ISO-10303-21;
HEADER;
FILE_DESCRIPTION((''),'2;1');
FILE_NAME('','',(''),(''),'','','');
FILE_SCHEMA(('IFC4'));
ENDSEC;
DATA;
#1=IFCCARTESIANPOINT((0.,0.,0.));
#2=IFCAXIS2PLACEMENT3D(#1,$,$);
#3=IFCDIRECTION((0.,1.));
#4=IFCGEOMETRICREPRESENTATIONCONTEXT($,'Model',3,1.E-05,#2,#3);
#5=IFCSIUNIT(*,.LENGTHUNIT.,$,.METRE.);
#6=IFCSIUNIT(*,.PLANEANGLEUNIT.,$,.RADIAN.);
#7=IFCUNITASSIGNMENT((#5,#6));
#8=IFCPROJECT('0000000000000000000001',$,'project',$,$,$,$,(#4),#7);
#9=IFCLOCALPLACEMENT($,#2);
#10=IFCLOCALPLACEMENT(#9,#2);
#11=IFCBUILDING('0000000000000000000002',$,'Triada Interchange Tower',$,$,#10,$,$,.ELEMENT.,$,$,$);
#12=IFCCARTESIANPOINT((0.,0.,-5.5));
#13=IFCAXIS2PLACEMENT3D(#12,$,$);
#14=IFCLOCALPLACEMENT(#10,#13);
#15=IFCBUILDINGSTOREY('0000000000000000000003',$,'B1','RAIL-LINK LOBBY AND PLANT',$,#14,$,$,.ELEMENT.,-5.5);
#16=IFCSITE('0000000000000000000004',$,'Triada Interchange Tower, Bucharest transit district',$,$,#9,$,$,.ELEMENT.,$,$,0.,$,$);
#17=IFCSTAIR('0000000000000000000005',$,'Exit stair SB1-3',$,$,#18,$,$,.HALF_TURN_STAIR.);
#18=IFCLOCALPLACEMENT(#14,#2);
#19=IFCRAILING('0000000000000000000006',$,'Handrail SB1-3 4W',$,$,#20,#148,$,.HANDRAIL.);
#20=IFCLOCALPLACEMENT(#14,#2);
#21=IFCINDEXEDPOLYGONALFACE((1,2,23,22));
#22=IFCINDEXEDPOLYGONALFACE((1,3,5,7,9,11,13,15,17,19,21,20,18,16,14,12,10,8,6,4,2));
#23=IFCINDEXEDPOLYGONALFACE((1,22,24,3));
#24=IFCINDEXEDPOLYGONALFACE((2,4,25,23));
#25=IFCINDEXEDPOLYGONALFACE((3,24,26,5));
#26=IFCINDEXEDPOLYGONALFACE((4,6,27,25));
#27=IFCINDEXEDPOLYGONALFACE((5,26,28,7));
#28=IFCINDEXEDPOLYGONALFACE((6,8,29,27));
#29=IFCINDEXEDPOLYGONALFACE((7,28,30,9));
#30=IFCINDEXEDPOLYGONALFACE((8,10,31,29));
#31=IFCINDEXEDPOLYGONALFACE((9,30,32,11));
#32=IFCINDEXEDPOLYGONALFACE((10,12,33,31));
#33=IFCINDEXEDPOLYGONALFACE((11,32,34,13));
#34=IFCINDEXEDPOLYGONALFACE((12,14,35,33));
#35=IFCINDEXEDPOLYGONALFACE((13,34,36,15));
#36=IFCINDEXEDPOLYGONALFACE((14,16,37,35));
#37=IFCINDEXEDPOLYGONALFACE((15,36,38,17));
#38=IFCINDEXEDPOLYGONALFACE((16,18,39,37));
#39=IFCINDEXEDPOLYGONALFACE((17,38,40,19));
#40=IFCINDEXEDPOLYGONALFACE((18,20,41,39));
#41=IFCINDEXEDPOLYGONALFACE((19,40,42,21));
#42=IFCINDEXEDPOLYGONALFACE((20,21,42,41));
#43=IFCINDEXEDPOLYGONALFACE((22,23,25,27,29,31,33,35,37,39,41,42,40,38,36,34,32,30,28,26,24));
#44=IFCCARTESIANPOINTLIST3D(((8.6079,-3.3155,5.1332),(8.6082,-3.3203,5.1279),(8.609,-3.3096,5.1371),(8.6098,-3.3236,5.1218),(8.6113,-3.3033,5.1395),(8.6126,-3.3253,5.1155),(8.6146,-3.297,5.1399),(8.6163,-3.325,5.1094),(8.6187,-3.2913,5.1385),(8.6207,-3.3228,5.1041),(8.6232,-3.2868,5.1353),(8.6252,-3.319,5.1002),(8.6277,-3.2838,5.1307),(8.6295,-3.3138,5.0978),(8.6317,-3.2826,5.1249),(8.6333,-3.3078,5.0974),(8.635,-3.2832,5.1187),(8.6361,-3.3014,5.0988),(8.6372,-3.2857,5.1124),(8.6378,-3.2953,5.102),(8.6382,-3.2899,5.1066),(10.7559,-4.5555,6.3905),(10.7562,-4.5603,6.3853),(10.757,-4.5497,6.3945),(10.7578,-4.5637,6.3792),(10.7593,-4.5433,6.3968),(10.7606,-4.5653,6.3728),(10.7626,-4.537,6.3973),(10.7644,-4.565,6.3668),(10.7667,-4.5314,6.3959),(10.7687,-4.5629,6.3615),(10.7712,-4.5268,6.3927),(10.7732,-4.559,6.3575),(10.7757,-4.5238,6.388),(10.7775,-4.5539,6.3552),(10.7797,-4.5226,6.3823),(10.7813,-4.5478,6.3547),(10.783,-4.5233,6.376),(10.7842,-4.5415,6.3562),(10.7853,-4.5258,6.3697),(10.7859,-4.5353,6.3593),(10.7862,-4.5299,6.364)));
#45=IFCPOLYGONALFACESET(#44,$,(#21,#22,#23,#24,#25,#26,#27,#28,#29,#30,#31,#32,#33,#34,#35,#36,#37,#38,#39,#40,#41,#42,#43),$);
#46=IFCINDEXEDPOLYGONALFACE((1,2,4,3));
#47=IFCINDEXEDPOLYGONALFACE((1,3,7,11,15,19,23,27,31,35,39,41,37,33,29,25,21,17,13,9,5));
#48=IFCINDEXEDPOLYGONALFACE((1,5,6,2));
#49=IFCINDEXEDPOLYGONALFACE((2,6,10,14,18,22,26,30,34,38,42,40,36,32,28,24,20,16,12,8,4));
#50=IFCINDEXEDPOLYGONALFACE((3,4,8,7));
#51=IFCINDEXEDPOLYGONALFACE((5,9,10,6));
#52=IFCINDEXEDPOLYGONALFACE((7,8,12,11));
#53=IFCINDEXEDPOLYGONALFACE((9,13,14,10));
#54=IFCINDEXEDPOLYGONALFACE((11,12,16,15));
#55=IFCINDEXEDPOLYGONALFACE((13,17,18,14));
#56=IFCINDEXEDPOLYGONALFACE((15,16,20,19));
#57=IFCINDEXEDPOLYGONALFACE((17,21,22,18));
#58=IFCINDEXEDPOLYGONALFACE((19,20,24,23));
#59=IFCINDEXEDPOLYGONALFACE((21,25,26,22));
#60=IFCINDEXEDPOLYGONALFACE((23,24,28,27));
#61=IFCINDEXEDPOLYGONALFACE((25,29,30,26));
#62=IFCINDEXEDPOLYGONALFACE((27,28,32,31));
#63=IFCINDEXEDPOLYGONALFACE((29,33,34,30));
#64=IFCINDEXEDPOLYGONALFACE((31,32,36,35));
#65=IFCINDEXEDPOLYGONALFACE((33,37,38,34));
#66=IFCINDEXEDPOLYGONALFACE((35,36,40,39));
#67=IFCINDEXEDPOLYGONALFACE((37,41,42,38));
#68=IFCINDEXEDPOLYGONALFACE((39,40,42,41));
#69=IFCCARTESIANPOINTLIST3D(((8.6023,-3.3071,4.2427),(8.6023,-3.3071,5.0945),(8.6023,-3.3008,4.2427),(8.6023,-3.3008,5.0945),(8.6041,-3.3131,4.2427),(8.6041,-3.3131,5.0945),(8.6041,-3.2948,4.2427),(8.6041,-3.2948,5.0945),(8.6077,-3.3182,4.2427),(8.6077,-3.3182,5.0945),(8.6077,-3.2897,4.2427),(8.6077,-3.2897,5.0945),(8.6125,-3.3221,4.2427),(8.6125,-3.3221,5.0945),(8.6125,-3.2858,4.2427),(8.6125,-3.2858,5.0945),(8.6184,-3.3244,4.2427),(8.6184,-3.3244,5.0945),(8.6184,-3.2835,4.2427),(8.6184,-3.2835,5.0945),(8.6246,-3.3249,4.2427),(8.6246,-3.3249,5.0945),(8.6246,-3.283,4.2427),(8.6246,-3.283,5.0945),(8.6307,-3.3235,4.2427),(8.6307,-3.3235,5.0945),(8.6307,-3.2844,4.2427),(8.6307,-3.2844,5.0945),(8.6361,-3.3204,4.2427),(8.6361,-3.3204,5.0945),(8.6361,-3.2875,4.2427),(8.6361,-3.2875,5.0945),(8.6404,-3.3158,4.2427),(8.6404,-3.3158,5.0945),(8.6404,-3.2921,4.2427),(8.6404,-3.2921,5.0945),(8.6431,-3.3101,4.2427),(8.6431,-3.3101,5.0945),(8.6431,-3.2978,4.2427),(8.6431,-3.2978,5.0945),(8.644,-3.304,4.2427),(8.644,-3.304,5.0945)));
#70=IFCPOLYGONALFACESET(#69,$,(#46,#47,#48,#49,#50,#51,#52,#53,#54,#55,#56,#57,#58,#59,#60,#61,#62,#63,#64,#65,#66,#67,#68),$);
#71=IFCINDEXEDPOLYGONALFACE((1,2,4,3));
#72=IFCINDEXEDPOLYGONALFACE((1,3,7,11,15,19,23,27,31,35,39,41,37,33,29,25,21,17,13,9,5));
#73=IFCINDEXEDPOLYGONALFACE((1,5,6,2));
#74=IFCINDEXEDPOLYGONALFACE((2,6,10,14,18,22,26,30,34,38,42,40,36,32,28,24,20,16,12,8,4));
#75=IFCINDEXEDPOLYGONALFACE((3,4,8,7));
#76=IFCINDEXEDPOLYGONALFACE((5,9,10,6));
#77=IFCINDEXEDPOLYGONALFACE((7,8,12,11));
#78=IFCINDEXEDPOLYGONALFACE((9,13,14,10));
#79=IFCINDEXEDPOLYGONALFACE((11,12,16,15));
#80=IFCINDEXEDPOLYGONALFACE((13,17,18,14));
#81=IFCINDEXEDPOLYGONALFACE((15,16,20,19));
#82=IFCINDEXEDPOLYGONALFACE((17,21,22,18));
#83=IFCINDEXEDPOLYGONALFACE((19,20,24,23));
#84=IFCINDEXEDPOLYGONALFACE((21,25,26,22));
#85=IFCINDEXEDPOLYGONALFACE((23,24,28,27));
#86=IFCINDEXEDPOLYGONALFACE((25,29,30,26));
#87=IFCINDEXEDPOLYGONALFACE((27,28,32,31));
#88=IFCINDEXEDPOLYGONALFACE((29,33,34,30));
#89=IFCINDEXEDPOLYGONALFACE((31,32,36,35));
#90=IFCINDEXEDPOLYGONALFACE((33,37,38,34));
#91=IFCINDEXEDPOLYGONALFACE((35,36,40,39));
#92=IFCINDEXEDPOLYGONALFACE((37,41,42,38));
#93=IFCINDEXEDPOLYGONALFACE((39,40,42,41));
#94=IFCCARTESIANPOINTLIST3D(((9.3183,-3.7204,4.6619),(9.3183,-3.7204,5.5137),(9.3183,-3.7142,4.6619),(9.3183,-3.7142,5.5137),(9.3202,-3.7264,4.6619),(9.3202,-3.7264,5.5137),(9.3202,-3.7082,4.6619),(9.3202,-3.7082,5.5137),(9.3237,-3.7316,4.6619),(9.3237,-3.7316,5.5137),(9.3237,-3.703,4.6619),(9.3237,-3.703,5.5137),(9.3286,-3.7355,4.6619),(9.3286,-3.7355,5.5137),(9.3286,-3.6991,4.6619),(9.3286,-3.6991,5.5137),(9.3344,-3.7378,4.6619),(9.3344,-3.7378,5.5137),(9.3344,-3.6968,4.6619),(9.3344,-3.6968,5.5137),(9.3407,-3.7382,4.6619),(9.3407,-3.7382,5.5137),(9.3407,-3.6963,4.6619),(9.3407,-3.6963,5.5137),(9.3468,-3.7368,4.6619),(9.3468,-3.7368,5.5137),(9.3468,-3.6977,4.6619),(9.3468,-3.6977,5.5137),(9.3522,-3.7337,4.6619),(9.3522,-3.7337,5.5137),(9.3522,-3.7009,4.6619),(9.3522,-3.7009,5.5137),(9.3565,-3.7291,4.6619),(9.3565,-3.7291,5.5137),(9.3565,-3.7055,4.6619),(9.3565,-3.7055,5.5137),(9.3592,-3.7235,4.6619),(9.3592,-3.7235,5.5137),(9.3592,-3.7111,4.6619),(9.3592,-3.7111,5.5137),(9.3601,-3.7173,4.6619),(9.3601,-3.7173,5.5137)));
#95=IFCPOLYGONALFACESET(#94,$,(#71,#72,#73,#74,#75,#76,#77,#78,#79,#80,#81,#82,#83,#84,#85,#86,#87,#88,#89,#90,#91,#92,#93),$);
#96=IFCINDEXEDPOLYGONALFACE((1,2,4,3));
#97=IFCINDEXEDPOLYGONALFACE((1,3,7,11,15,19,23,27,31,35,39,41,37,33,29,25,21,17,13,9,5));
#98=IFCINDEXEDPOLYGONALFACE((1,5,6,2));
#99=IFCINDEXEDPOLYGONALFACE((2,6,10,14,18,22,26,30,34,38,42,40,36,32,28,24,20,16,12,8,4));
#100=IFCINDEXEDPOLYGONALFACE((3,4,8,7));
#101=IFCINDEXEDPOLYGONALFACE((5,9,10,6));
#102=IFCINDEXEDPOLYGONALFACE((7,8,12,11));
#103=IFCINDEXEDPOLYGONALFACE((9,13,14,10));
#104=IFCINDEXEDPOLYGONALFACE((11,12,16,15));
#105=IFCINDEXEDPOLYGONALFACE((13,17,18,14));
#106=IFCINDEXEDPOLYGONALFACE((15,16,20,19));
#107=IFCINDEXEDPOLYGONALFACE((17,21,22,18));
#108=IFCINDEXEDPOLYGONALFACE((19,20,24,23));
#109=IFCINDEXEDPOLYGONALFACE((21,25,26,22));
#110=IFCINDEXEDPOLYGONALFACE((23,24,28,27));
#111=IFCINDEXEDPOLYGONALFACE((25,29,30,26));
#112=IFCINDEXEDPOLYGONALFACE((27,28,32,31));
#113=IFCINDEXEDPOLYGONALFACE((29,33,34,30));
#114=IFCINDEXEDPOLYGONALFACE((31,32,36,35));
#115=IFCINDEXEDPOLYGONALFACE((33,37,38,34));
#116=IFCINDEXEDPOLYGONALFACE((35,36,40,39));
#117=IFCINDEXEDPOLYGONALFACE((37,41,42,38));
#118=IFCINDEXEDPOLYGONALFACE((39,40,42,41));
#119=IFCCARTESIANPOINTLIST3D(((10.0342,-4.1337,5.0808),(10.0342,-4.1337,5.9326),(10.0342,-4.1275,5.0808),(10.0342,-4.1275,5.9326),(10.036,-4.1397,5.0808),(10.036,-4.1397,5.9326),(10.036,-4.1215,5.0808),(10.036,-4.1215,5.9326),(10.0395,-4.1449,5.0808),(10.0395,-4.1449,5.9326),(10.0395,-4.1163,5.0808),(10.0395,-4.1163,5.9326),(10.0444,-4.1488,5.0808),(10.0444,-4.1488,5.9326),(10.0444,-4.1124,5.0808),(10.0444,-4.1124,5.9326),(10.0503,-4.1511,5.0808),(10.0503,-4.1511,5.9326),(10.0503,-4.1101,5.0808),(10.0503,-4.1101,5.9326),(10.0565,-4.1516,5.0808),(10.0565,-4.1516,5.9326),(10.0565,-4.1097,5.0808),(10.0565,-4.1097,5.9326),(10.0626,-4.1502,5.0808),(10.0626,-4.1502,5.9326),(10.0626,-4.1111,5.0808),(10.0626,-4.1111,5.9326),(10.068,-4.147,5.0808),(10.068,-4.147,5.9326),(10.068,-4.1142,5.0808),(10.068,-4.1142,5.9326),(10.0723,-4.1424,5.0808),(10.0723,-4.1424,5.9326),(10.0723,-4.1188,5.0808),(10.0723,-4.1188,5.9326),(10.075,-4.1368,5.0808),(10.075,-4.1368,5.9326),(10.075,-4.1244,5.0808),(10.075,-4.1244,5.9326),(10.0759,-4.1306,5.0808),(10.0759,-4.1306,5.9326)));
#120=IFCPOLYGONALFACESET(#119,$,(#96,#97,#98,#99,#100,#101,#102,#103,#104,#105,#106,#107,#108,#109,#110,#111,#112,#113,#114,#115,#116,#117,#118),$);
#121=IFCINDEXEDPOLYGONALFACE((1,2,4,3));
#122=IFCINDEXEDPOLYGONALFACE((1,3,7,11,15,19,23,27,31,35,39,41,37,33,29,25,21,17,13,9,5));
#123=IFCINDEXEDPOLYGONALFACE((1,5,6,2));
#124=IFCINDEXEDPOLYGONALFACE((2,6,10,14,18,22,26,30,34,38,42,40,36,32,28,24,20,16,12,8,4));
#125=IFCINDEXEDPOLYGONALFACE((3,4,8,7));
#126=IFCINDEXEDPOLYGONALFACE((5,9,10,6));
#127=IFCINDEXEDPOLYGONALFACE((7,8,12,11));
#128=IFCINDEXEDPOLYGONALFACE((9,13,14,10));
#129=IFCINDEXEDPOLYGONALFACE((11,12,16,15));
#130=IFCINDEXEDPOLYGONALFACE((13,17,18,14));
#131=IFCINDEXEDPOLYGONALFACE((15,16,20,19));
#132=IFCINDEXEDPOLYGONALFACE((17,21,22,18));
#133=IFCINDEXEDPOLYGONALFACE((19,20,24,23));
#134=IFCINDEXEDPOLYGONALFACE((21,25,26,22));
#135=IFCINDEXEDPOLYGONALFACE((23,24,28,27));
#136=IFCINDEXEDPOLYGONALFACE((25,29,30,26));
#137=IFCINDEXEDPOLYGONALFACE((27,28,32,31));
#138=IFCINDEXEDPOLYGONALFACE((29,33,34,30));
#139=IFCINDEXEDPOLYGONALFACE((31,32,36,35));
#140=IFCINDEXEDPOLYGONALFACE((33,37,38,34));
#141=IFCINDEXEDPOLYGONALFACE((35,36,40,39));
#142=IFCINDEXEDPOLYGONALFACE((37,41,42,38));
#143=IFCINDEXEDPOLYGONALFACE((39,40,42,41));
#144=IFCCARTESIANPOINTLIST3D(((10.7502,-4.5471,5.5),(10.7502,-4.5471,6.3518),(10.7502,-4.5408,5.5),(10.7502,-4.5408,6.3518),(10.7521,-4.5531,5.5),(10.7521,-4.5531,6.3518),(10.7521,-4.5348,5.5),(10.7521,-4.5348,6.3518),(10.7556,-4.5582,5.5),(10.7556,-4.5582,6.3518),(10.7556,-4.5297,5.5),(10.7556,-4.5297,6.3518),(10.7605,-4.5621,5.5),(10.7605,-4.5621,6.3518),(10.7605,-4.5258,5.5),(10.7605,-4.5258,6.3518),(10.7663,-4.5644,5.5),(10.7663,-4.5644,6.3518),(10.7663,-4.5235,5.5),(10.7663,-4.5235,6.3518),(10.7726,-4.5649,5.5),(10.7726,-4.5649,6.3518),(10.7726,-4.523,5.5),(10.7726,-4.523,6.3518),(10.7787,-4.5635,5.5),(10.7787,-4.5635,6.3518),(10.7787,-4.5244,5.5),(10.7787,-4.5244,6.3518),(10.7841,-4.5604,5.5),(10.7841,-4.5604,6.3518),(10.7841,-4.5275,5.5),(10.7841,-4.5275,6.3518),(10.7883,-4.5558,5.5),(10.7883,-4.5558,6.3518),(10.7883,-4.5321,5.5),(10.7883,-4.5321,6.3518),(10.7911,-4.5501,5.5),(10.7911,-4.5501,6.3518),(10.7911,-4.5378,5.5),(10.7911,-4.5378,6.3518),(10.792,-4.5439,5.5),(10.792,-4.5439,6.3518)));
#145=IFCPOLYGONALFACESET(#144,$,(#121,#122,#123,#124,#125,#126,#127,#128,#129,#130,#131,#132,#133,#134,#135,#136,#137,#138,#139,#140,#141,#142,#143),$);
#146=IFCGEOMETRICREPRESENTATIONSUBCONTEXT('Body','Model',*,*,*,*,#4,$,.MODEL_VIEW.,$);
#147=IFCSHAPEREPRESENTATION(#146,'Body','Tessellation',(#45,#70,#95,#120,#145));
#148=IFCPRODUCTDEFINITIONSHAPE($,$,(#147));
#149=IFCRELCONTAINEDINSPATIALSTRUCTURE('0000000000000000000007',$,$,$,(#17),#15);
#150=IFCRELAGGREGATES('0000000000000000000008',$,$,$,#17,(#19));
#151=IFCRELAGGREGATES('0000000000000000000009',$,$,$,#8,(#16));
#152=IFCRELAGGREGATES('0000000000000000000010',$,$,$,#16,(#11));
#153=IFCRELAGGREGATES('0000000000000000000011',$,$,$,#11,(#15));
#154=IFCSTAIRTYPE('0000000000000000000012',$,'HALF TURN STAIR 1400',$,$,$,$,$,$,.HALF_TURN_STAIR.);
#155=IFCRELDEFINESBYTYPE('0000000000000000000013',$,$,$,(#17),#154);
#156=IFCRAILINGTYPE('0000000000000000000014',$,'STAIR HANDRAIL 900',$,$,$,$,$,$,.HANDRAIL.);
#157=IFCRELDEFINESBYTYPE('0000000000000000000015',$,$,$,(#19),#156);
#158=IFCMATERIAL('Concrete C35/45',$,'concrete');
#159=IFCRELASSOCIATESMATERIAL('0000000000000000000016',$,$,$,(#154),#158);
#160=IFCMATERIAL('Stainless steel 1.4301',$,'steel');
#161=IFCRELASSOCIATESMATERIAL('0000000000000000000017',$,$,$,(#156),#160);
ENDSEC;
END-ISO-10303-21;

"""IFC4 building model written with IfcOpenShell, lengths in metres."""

from ifc_helpers import new_model, si_unit, direction, frame, origin, origin_2d, place, context, subcontext, project, spatial, circle, extrude, material, type_object, element, aggregate, save


model = new_model("IFC4")

# Units and contexts
model_context = context("Model", 3, precision=1e-05, world=origin(), true_north=direction((0.0, 1.0)))
body_context = subcontext(model_context, "Body", "Model", "MODEL_VIEW")
ifc_project = project(units=[si_unit("LENGTHUNIT", "METRE"), si_unit("PLANEANGLEUNIT", "RADIAN")], contexts=[model_context])

# Site, building, storey
site_placement = place(None, origin())
site = spatial("IfcSite", under=ifc_project, at=site_placement, Name="Triada Interchange Tower, Bucharest transit district", CompositionType="ELEMENT", RefElevation=0.0)
building_placement = place(site_placement, origin())
building = spatial("IfcBuilding", under=site, at=building_placement, Name="Triada Interchange Tower", CompositionType="ELEMENT")
storey_placement = place(building_placement, frame((0.0, 0.0, -5.5)))
storey = spatial("IfcBuildingStorey", under=building, at=storey_placement, Name="B1", Description="RAIL-LINK LOBBY AND PLANT", CompositionType="ELEMENT", Elevation=-5.5)

# Stair, railing
ifc_material_1 = material(Name="Concrete C35/45", Category="concrete")
stair_type = type_object("IfcStairType", Name="HALF TURN STAIR 1400", PredefinedType="HALF_TURN_STAIR", material=ifc_material_1)
stair_placement = place(storey_placement, origin())
stair = element("IfcStair", 1, at=stair_placement, inside=storey, type_object=stair_type, Name="Exit stair SB1-3", PredefinedType="HALF_TURN_STAIR")
ifc_material_2 = material(Name="Stainless steel 1.4301", Category="steel")
railing_type = type_object("IfcRailingType", Name="STAIR HANDRAIL 900", PredefinedType="HANDRAIL", material=ifc_material_2)
railing_1_placement = place(storey_placement, frame((8.623, -3.304, 4.2427)))
railing_1 = element("IfcRailing", 2, at=railing_1_placement, type_object=railing_type, Name="Handrail SB1-3 4W", PredefinedType="HANDRAIL", context=body_context, shape_type="SweptSolid", body=[
    extrude(circle(Radius=0.0239, at=origin_2d()), frame((0.0, 0.0, 0.876), z_axis=(0.772457, -0.445932, 0.452166), x_axis=(0.499961, 0.866048, 0.0)), (0.0, 0.0, 1.0), 2.7808),
    extrude(circle(Radius=0.021, at=origin_2d()), origin(), (0.0, 0.0, 1.0), 0.8518),
    extrude(circle(Radius=0.021, at=origin_2d()), frame((0.7161, -0.4133, 0.4192)), (0.0, 0.0, 1.0), 0.8518),
    extrude(circle(Radius=0.021, at=origin_2d()), frame((1.4319, -0.8267, 0.8381)), (0.0, 0.0, 1.0), 0.8518),
    extrude(circle(Radius=0.021, at=origin_2d()), frame((2.1479, -1.24, 1.2573)), (0.0, 0.0, 1.0), 0.8518),
])
aggregate(stair, [railing_1])

save(model, "model.ifc")
